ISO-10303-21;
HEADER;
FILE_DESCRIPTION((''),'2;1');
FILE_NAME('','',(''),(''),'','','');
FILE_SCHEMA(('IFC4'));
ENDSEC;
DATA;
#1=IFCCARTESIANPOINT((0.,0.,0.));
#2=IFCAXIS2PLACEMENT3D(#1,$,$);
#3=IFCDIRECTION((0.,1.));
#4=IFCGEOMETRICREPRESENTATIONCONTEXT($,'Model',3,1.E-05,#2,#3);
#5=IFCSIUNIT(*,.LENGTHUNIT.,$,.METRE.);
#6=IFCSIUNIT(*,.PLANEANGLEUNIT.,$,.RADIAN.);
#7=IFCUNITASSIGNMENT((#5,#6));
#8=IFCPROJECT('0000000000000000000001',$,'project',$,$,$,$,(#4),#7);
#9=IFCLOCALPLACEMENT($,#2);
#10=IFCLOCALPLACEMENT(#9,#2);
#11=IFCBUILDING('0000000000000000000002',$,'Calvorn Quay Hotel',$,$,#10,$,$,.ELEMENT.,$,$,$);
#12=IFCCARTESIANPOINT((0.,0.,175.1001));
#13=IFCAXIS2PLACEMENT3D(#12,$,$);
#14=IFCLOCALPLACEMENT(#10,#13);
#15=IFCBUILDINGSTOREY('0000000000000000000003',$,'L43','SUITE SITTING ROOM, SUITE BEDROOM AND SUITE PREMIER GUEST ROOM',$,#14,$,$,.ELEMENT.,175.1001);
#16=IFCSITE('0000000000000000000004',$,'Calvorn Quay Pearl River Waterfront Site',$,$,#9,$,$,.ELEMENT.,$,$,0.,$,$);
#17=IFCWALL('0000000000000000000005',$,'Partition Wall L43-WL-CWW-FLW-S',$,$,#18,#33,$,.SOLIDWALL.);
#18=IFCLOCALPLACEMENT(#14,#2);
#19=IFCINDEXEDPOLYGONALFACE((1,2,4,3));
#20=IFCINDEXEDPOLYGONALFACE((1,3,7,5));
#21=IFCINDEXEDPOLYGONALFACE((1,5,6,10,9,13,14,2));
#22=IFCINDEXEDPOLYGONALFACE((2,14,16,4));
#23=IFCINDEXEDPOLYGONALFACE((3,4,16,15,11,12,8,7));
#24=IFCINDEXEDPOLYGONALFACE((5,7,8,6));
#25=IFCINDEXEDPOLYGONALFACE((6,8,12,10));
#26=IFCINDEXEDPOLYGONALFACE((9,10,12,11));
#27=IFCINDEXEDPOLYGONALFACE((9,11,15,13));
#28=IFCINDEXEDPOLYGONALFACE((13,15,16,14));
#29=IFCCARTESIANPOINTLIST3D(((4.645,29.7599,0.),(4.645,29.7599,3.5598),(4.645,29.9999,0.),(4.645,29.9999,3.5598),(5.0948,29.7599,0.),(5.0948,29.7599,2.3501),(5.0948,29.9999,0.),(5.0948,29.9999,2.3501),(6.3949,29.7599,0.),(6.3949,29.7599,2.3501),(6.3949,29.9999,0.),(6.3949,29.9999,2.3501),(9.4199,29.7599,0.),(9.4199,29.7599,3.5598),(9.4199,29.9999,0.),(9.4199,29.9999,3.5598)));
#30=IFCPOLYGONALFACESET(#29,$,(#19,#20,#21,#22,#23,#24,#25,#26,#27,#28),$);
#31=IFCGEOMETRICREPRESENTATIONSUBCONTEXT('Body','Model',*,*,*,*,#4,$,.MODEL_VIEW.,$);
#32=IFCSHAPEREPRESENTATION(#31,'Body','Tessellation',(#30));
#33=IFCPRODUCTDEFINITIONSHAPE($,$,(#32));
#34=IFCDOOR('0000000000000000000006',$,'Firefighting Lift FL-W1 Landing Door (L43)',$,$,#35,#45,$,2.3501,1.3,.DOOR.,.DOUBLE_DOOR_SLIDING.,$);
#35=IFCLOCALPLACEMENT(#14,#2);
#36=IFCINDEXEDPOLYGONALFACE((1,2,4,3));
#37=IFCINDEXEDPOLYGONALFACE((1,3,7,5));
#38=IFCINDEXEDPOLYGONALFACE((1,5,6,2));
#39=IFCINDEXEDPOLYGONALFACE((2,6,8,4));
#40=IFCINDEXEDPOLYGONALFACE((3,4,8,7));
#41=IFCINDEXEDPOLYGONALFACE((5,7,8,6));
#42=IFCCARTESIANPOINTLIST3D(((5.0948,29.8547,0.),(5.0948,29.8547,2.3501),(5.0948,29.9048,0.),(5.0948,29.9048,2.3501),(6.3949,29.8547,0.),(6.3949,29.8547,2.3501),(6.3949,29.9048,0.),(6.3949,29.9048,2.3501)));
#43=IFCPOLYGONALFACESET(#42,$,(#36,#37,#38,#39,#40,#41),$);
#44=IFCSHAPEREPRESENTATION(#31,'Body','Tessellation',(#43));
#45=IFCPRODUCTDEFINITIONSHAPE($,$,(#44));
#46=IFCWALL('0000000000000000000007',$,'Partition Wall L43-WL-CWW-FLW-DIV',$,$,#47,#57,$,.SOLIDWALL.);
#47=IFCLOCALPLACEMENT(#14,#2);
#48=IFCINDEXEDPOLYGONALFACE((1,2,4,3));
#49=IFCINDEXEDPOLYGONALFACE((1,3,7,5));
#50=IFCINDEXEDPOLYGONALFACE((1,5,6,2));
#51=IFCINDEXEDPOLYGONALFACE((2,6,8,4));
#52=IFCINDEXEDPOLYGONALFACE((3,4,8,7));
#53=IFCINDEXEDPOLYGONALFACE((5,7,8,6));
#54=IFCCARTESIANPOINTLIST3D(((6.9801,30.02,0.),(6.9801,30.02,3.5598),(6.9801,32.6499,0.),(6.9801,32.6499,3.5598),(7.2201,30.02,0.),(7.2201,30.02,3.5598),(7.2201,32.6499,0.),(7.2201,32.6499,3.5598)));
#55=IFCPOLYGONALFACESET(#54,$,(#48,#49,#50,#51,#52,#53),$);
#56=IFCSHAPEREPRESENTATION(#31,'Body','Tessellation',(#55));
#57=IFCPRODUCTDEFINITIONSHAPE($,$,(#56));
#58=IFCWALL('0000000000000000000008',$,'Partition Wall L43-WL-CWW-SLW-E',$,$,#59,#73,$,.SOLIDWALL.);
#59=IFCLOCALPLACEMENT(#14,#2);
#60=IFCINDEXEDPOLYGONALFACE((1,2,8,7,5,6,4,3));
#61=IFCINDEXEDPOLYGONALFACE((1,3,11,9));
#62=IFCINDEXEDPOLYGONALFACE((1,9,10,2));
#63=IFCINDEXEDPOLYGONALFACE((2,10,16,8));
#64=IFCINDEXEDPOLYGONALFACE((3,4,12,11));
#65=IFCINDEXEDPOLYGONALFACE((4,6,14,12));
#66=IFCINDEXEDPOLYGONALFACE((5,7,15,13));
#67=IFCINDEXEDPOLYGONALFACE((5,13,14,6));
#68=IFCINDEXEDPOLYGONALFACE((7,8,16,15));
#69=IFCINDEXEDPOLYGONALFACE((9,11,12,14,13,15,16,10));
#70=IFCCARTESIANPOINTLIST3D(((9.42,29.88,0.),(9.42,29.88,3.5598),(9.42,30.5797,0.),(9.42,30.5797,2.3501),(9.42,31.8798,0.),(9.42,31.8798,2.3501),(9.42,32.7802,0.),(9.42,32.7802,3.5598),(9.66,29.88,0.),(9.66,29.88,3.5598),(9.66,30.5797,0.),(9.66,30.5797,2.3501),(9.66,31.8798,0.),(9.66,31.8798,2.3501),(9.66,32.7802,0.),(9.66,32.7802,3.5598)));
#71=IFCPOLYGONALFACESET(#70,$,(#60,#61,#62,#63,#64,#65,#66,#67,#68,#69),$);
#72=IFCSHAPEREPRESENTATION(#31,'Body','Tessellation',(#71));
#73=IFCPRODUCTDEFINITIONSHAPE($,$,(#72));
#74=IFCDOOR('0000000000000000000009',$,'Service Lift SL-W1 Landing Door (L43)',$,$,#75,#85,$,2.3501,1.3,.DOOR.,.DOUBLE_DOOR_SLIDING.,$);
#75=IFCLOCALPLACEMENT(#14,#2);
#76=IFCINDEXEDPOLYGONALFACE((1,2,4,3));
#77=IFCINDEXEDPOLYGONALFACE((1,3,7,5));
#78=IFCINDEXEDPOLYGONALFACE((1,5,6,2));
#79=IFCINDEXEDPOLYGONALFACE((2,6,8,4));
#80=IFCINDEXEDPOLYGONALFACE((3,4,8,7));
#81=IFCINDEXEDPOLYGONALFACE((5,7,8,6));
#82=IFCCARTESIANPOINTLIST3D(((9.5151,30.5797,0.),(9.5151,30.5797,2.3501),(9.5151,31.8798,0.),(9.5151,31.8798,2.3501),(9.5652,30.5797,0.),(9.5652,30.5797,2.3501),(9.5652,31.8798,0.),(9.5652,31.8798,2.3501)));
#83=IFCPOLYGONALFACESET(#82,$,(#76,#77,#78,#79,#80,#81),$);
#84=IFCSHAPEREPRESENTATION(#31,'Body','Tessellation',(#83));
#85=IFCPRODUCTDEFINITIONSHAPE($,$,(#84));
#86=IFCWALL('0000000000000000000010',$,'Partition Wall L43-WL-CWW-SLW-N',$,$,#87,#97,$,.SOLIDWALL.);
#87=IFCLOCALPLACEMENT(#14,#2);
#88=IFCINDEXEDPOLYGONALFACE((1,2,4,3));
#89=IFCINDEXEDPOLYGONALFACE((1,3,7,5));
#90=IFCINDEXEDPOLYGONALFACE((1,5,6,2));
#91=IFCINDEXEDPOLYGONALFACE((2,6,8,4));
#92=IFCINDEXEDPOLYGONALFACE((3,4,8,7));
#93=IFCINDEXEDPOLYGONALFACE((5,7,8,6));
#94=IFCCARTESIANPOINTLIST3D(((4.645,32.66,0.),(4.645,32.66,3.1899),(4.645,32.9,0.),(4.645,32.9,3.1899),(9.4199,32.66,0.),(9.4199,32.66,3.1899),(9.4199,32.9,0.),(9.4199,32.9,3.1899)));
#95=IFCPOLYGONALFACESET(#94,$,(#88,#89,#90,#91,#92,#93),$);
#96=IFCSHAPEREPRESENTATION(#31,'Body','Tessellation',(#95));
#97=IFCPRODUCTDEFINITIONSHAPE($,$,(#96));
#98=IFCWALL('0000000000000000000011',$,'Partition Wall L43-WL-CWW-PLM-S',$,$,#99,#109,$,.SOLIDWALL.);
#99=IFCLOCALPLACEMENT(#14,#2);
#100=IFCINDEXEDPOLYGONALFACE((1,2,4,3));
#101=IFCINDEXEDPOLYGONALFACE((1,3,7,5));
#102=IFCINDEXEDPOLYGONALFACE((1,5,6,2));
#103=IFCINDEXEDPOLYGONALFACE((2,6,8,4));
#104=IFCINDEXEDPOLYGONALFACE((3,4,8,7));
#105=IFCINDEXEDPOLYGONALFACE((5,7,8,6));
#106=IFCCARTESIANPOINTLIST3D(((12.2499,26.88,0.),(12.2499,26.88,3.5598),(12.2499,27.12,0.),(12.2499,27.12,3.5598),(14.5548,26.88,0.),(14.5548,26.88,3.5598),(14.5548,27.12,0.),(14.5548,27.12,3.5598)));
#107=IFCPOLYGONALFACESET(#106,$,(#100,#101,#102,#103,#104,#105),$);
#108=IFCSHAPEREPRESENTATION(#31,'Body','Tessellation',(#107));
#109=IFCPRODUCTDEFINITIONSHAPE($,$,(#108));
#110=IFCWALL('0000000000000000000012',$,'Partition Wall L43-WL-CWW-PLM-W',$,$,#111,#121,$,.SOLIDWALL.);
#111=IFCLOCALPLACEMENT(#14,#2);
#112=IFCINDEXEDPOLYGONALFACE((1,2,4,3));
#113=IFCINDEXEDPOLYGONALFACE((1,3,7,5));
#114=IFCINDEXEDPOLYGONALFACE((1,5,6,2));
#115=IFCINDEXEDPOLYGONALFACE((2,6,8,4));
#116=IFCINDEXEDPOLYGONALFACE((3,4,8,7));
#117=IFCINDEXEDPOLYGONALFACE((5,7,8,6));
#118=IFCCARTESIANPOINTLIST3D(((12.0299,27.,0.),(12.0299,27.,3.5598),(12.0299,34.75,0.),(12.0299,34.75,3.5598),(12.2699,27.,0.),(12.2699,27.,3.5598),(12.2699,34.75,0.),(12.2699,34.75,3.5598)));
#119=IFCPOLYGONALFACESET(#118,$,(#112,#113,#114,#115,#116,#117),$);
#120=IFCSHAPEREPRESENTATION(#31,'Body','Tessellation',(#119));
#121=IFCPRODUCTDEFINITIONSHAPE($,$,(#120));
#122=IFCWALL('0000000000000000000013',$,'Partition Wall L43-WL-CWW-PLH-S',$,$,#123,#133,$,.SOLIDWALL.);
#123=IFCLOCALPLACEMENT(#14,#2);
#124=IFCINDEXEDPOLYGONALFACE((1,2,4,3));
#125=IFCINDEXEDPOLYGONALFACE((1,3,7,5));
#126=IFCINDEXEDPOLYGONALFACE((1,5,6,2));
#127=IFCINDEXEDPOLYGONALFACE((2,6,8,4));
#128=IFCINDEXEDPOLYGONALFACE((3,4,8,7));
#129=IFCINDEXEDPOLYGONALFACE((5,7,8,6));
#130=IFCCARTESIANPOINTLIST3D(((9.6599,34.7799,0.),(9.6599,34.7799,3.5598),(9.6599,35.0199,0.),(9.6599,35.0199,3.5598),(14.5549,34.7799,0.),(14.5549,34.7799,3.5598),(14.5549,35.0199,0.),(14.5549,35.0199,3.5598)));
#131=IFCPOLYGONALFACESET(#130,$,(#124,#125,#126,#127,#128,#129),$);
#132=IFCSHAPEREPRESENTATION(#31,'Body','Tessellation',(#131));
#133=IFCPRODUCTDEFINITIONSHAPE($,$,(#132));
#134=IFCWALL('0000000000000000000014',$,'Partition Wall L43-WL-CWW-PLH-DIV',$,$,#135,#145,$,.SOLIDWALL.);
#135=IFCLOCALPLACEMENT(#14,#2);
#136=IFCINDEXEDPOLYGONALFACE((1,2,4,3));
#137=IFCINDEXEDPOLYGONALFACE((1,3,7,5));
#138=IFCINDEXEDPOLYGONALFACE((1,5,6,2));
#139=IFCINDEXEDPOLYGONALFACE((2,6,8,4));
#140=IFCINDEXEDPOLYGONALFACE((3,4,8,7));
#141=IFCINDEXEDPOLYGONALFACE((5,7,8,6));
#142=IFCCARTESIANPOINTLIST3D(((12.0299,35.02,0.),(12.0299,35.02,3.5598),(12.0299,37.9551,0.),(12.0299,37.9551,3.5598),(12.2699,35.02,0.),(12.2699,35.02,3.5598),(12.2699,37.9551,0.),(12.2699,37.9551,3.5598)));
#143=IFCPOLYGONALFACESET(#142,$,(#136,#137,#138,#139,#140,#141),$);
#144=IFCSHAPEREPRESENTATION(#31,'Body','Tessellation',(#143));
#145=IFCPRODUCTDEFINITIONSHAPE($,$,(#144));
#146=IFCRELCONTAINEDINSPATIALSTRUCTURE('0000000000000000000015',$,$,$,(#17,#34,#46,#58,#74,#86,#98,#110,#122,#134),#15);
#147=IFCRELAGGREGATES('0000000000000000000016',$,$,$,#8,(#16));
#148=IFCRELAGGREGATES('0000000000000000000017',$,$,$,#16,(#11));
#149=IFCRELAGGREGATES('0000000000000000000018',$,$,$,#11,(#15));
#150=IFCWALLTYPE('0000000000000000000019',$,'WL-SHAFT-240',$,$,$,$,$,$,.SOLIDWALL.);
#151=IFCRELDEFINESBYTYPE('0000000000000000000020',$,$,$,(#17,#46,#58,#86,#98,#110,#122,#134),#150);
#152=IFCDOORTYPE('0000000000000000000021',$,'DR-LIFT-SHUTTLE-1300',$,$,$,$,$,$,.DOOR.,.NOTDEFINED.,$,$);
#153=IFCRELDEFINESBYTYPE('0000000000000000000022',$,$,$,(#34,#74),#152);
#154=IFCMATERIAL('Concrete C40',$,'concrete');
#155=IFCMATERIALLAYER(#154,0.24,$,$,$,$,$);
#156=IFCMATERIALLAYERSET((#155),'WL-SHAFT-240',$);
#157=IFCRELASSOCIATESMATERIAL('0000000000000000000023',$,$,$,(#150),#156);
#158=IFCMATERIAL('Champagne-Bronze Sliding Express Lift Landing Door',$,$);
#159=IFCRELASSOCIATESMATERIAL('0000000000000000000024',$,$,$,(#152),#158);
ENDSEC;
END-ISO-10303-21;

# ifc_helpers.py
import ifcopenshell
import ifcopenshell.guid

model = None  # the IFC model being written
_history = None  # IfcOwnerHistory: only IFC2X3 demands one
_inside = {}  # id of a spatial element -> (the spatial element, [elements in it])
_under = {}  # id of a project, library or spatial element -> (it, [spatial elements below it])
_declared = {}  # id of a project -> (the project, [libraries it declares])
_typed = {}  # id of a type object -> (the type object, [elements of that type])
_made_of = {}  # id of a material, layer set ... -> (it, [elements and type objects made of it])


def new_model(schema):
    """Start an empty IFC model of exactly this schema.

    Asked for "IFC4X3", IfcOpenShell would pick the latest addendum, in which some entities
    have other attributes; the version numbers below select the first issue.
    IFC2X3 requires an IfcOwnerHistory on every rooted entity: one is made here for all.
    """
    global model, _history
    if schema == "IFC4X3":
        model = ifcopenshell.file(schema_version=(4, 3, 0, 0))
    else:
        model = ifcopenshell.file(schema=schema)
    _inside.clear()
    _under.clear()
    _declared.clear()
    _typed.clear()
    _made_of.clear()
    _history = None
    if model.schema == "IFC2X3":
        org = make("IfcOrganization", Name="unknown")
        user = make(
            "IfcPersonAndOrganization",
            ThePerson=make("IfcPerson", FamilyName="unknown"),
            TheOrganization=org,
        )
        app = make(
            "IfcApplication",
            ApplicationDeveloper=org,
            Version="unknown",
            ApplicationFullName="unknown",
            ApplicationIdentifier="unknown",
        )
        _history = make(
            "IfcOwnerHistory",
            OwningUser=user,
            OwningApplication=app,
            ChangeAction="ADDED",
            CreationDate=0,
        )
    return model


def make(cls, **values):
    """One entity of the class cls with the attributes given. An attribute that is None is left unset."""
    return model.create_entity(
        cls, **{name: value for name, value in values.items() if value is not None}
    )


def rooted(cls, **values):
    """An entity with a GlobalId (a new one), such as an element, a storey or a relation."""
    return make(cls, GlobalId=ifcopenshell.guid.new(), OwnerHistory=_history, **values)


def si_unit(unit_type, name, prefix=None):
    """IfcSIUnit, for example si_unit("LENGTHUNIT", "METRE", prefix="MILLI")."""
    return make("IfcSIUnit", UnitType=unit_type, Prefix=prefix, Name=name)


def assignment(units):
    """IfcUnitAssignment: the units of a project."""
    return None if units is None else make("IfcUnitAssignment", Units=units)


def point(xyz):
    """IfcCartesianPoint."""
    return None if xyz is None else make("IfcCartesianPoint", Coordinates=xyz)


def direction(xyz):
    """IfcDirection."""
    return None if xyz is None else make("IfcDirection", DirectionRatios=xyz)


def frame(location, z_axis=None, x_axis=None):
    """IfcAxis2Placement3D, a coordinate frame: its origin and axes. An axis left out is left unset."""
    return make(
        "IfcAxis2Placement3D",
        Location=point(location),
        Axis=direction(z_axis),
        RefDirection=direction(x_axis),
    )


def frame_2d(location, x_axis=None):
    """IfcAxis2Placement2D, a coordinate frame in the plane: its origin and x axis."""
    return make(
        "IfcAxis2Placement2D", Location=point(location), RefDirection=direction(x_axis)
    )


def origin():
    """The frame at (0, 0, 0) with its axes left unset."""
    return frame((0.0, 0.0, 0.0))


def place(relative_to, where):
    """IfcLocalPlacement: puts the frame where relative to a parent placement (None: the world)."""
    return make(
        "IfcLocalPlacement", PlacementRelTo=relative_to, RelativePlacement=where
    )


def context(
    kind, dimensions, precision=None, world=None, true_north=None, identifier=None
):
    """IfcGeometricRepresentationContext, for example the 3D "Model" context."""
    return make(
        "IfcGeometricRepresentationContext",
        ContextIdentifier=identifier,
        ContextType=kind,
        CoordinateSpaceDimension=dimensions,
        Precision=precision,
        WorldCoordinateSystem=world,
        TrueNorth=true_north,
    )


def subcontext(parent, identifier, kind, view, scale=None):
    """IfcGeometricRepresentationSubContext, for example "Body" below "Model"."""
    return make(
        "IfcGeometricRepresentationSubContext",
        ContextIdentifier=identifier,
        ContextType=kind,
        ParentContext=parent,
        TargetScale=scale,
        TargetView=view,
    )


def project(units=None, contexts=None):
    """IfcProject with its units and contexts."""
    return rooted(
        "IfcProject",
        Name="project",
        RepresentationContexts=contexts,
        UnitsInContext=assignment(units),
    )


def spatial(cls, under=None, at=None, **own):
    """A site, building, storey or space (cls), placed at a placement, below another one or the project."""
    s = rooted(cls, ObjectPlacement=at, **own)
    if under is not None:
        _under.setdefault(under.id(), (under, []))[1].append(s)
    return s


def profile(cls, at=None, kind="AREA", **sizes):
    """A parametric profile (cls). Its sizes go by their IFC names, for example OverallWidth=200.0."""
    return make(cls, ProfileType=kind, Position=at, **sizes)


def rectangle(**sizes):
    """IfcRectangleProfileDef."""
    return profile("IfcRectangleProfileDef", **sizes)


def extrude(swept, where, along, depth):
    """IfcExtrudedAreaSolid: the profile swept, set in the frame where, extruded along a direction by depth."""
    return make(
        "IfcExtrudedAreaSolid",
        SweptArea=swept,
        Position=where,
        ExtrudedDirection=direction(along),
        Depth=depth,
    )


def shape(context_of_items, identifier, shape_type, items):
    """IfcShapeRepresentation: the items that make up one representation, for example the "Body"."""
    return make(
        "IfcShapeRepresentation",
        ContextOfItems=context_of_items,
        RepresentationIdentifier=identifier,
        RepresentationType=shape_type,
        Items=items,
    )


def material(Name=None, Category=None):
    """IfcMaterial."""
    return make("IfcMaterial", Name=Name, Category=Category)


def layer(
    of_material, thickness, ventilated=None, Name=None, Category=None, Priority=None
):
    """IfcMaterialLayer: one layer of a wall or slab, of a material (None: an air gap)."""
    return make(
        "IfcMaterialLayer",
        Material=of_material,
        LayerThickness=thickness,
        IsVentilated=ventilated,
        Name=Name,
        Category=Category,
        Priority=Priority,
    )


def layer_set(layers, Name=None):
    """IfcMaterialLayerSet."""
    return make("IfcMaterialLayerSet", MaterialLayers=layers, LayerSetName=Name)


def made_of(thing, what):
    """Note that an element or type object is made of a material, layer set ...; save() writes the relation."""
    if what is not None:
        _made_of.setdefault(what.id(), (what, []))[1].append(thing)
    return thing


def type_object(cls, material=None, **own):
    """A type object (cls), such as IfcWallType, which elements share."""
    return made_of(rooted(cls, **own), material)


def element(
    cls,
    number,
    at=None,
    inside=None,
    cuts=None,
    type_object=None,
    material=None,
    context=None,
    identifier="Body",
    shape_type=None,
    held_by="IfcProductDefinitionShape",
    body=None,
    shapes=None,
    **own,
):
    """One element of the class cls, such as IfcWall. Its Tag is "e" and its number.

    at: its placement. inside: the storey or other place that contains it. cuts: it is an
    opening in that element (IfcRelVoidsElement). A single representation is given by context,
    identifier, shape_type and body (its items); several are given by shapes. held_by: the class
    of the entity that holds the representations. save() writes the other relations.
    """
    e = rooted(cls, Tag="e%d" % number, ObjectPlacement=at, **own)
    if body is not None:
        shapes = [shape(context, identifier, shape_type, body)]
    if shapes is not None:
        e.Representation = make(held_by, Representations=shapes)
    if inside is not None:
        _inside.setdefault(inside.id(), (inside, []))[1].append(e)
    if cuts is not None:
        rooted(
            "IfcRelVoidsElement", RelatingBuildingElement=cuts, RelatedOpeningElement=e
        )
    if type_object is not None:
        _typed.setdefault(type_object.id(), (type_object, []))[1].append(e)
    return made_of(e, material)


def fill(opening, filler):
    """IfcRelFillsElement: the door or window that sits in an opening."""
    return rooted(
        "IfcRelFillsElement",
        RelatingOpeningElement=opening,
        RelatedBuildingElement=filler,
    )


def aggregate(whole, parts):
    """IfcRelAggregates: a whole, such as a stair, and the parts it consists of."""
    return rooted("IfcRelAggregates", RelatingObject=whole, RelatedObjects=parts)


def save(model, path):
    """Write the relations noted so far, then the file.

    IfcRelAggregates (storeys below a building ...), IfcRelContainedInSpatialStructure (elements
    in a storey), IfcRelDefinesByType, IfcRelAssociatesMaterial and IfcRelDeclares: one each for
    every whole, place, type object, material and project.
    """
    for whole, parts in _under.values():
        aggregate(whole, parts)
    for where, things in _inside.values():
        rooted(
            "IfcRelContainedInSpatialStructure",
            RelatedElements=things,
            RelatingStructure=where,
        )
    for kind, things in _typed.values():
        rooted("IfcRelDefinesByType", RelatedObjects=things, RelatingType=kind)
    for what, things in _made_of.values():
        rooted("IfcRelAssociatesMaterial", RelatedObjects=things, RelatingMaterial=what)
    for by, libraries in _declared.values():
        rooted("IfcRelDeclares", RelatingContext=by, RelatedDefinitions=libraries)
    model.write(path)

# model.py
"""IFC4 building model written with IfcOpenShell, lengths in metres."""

from ifc_helpers import new_model, si_unit, direction, frame, frame_2d, origin, place, context, subcontext, project, spatial, rectangle, extrude, material, layer, layer_set, type_object, element, fill, save


model = new_model("IFC4")

# Units and contexts
model_context = context("Model", 3, precision=1e-05, world=origin(), true_north=direction((0.0, 1.0)))
body_context = subcontext(model_context, "Body", "Model", "MODEL_VIEW")
ifc_project = project(units=[si_unit("LENGTHUNIT", "METRE"), si_unit("PLANEANGLEUNIT", "RADIAN")], contexts=[model_context])

# Site, building, storey
site_placement = place(None, origin())
site = spatial("IfcSite", under=ifc_project, at=site_placement, Name="Calvorn Quay Pearl River Waterfront Site", CompositionType="ELEMENT", RefElevation=0.0)
building_placement = place(site_placement, origin())
building = spatial("IfcBuilding", under=site, at=building_placement, Name="Calvorn Quay Hotel", CompositionType="ELEMENT")
storey_placement = place(building_placement, frame((0.0, 0.0, 175.1001)))
storey = spatial("IfcBuildingStorey", under=building, at=storey_placement, Name="L43", Description="SUITE SITTING ROOM, SUITE BEDROOM AND SUITE PREMIER GUEST ROOM", CompositionType="ELEMENT", Elevation=175.1001)

# Shared definitions
ifc_material_1 = material(Name="Concrete C40", Category="concrete")
ifc_layer_1 = layer(ifc_material_1, 0.24)
ifc_layer_set_1 = layer_set([ifc_layer_1], Name="WL-SHAFT-240")
wall_type_1 = type_object("IfcWallType", Name="WL-SHAFT-240", PredefinedType="SOLIDWALL", material=ifc_layer_set_1)

# Wall, opening, door
wall_1_placement = place(storey_placement, frame((4.645, 29.8799, 0.0), z_axis=(0.0, 0.0, 1.0), x_axis=(1.0, 0.0, 0.0)))
wall_1 = element("IfcWall", 1, at=wall_1_placement, inside=storey, type_object=wall_type_1, Name="Partition Wall L43-WL-CWW-FLW-S", PredefinedType="SOLIDWALL", context=body_context, shape_type="SweptSolid", body=[
    extrude(rectangle(XDim=4.7749, YDim=0.24, at=frame_2d((2.3875, 0.0))), origin(), (0.0, 0.0, 1.0), 3.5598),
])
opening_1_placement = place(wall_1_placement, frame((0.45, 0.0, 0.0)))
opening_1 = element("IfcOpeningElement", 2, at=opening_1_placement, cuts=wall_1, PredefinedType="OPENING", context=body_context, shape_type="SweptSolid", body=[
    extrude(rectangle(XDim=1.3, YDim=2.3501, at=frame_2d((0.6499, 1.175))), frame((0.0, 0.1299, 0.0), z_axis=(0.0, -1.0, 0.0), x_axis=(1.0, 0.0, 0.0)), (0.0, 0.0, 1.0), 0.26),
])
ifc_material_2 = material(Name="Champagne-Bronze Sliding Express Lift Landing Door")
door_type_1 = type_object("IfcDoorType", Name="DR-LIFT-SHUTTLE-1300", OperationType="NOTDEFINED", PredefinedType="DOOR", material=ifc_material_2)
door_1_placement = place(opening_1_placement, origin())
door_1 = element("IfcDoor", 3, at=door_1_placement, inside=storey, type_object=door_type_1, Name="Firefighting Lift FL-W1 Landing Door (L43)", OperationType="DOUBLE_DOOR_SLIDING", OverallHeight=2.3501, OverallWidth=1.3, PredefinedType="DOOR", context=body_context, shape_type="SweptSolid", body=[
    extrude(rectangle(XDim=1.3, YDim=2.3501, at=frame_2d((0.6499, 1.175))), frame((0.0, 0.0249, 0.0), z_axis=(0.0, -1.0, 0.0), x_axis=(1.0, 0.0, 0.0)), (0.0, 0.0, 1.0), 0.05),
])
fill(opening_1, door_1)

# Wall
wall_2_placement = place(storey_placement, frame((7.1001, 30.02, 0.0), z_axis=(0.0, 0.0, 1.0), x_axis=(0.0, 1.0, 0.0)))
element("IfcWall", 4, at=wall_2_placement, inside=storey, type_object=wall_type_1, Name="Partition Wall L43-WL-CWW-FLW-DIV", PredefinedType="SOLIDWALL", context=body_context, shape_type="SweptSolid", body=[
    extrude(rectangle(XDim=2.6299, YDim=0.24, at=frame_2d((1.3149, 0.0))), origin(), (0.0, 0.0, 1.0), 3.5598),
])

# Wall, opening, door
wall_3_placement = place(storey_placement, frame((9.54, 29.8799, 0.0), z_axis=(0.0, 0.0, 1.0), x_axis=(0.0, 1.0, 0.0)))
wall_3 = element("IfcWall", 5, at=wall_3_placement, inside=storey, type_object=wall_type_1, Name="Partition Wall L43-WL-CWW-SLW-E", PredefinedType="SOLIDWALL", context=body_context, shape_type="SweptSolid", body=[
    extrude(rectangle(XDim=2.9001, YDim=0.24, at=frame_2d((1.4502, 0.0))), origin(), (0.0, 0.0, 1.0), 3.5598),
])
opening_2_placement = place(wall_3_placement, frame((0.7, 0.0, 0.0)))
opening_2 = element("IfcOpeningElement", 6, at=opening_2_placement, cuts=wall_3, PredefinedType="OPENING", context=body_context, shape_type="SweptSolid", body=[
    extrude(rectangle(XDim=1.3, YDim=2.3501, at=frame_2d((0.6499, 1.175))), frame((0.0, 0.1299, 0.0), z_axis=(0.0, -1.0, 0.0), x_axis=(1.0, 0.0, 0.0)), (0.0, 0.0, 1.0), 0.26),
])
door_2_placement = place(opening_2_placement, origin())
door_2 = element("IfcDoor", 7, at=door_2_placement, inside=storey, type_object=door_type_1, Name="Service Lift SL-W1 Landing Door (L43)", OperationType="DOUBLE_DOOR_SLIDING", OverallHeight=2.3501, OverallWidth=1.3, PredefinedType="DOOR", context=body_context, shape_type="SweptSolid", body=[
    extrude(rectangle(XDim=1.3, YDim=2.3501, at=frame_2d((0.6499, 1.175))), frame((0.0, 0.0249, 0.0), z_axis=(0.0, -1.0, 0.0), x_axis=(1.0, 0.0, 0.0)), (0.0, 0.0, 1.0), 0.05),
])
fill(opening_2, door_2)

# Walls
wall_4_placement = place(storey_placement, frame((4.645, 32.78, 0.0), z_axis=(0.0, 0.0, 1.0), x_axis=(1.0, 0.0, 0.0)))
element("IfcWall", 8, at=wall_4_placement, inside=storey, type_object=wall_type_1, Name="Partition Wall L43-WL-CWW-SLW-N", PredefinedType="SOLIDWALL", context=body_context, shape_type="SweptSolid", body=[
    extrude(rectangle(XDim=4.7749, YDim=0.24, at=frame_2d((2.3875, 0.0))), origin(), (0.0, 0.0, 1.0), 3.1899),
])
wall_5_placement = place(storey_placement, frame((12.25, 27.0, 0.0), z_axis=(0.0, 0.0, 1.0), x_axis=(1.0, 0.0, 0.0)))
element("IfcWall", 9, at=wall_5_placement, inside=storey, type_object=wall_type_1, Name="Partition Wall L43-WL-CWW-PLM-S", PredefinedType="SOLIDWALL", context=body_context, shape_type="SweptSolid", body=[
    extrude(rectangle(XDim=2.3049, YDim=0.24, at=frame_2d((1.1523, 0.0))), origin(), (0.0, 0.0, 1.0), 3.5598),
])
wall_6_placement = place(storey_placement, frame((12.1499, 27.0, 0.0), z_axis=(0.0, 0.0, 1.0), x_axis=(0.0, 1.0, 0.0)))
element("IfcWall", 10, at=wall_6_placement, inside=storey, type_object=wall_type_1, Name="Partition Wall L43-WL-CWW-PLM-W", PredefinedType="SOLIDWALL", context=body_context, shape_type="SweptSolid", body=[
    extrude(rectangle(XDim=7.75, YDim=0.24, at=frame_2d((3.875, 0.0))), origin(), (0.0, 0.0, 1.0), 3.5598),
])
wall_7_placement = place(storey_placement, frame((9.6599, 34.8999, 0.0), z_axis=(0.0, 0.0, 1.0), x_axis=(1.0, 0.0, 0.0)))
element("IfcWall", 11, at=wall_7_placement, inside=storey, type_object=wall_type_1, Name="Partition Wall L43-WL-CWW-PLH-S", PredefinedType="SOLIDWALL", context=body_context, shape_type="SweptSolid", body=[
    extrude(rectangle(XDim=4.895, YDim=0.24, at=frame_2d((2.4475, 0.0))), origin(), (0.0, 0.0, 1.0), 3.5598),
])
wall_8_placement = place(storey_placement, frame((12.1499, 35.02, 0.0), z_axis=(0.0, 0.0, 1.0), x_axis=(0.0, 1.0, 0.0)))
element("IfcWall", 12, at=wall_8_placement, inside=storey, type_object=wall_type_1, Name="Partition Wall L43-WL-CWW-PLH-DIV", PredefinedType="SOLIDWALL", context=body_context, shape_type="SweptSolid", body=[
    extrude(rectangle(XDim=2.9351, YDim=0.24, at=frame_2d((1.4675, 0.0))), origin(), (0.0, 0.0, 1.0), 3.5598),
])

save(model, "model.ifc")
